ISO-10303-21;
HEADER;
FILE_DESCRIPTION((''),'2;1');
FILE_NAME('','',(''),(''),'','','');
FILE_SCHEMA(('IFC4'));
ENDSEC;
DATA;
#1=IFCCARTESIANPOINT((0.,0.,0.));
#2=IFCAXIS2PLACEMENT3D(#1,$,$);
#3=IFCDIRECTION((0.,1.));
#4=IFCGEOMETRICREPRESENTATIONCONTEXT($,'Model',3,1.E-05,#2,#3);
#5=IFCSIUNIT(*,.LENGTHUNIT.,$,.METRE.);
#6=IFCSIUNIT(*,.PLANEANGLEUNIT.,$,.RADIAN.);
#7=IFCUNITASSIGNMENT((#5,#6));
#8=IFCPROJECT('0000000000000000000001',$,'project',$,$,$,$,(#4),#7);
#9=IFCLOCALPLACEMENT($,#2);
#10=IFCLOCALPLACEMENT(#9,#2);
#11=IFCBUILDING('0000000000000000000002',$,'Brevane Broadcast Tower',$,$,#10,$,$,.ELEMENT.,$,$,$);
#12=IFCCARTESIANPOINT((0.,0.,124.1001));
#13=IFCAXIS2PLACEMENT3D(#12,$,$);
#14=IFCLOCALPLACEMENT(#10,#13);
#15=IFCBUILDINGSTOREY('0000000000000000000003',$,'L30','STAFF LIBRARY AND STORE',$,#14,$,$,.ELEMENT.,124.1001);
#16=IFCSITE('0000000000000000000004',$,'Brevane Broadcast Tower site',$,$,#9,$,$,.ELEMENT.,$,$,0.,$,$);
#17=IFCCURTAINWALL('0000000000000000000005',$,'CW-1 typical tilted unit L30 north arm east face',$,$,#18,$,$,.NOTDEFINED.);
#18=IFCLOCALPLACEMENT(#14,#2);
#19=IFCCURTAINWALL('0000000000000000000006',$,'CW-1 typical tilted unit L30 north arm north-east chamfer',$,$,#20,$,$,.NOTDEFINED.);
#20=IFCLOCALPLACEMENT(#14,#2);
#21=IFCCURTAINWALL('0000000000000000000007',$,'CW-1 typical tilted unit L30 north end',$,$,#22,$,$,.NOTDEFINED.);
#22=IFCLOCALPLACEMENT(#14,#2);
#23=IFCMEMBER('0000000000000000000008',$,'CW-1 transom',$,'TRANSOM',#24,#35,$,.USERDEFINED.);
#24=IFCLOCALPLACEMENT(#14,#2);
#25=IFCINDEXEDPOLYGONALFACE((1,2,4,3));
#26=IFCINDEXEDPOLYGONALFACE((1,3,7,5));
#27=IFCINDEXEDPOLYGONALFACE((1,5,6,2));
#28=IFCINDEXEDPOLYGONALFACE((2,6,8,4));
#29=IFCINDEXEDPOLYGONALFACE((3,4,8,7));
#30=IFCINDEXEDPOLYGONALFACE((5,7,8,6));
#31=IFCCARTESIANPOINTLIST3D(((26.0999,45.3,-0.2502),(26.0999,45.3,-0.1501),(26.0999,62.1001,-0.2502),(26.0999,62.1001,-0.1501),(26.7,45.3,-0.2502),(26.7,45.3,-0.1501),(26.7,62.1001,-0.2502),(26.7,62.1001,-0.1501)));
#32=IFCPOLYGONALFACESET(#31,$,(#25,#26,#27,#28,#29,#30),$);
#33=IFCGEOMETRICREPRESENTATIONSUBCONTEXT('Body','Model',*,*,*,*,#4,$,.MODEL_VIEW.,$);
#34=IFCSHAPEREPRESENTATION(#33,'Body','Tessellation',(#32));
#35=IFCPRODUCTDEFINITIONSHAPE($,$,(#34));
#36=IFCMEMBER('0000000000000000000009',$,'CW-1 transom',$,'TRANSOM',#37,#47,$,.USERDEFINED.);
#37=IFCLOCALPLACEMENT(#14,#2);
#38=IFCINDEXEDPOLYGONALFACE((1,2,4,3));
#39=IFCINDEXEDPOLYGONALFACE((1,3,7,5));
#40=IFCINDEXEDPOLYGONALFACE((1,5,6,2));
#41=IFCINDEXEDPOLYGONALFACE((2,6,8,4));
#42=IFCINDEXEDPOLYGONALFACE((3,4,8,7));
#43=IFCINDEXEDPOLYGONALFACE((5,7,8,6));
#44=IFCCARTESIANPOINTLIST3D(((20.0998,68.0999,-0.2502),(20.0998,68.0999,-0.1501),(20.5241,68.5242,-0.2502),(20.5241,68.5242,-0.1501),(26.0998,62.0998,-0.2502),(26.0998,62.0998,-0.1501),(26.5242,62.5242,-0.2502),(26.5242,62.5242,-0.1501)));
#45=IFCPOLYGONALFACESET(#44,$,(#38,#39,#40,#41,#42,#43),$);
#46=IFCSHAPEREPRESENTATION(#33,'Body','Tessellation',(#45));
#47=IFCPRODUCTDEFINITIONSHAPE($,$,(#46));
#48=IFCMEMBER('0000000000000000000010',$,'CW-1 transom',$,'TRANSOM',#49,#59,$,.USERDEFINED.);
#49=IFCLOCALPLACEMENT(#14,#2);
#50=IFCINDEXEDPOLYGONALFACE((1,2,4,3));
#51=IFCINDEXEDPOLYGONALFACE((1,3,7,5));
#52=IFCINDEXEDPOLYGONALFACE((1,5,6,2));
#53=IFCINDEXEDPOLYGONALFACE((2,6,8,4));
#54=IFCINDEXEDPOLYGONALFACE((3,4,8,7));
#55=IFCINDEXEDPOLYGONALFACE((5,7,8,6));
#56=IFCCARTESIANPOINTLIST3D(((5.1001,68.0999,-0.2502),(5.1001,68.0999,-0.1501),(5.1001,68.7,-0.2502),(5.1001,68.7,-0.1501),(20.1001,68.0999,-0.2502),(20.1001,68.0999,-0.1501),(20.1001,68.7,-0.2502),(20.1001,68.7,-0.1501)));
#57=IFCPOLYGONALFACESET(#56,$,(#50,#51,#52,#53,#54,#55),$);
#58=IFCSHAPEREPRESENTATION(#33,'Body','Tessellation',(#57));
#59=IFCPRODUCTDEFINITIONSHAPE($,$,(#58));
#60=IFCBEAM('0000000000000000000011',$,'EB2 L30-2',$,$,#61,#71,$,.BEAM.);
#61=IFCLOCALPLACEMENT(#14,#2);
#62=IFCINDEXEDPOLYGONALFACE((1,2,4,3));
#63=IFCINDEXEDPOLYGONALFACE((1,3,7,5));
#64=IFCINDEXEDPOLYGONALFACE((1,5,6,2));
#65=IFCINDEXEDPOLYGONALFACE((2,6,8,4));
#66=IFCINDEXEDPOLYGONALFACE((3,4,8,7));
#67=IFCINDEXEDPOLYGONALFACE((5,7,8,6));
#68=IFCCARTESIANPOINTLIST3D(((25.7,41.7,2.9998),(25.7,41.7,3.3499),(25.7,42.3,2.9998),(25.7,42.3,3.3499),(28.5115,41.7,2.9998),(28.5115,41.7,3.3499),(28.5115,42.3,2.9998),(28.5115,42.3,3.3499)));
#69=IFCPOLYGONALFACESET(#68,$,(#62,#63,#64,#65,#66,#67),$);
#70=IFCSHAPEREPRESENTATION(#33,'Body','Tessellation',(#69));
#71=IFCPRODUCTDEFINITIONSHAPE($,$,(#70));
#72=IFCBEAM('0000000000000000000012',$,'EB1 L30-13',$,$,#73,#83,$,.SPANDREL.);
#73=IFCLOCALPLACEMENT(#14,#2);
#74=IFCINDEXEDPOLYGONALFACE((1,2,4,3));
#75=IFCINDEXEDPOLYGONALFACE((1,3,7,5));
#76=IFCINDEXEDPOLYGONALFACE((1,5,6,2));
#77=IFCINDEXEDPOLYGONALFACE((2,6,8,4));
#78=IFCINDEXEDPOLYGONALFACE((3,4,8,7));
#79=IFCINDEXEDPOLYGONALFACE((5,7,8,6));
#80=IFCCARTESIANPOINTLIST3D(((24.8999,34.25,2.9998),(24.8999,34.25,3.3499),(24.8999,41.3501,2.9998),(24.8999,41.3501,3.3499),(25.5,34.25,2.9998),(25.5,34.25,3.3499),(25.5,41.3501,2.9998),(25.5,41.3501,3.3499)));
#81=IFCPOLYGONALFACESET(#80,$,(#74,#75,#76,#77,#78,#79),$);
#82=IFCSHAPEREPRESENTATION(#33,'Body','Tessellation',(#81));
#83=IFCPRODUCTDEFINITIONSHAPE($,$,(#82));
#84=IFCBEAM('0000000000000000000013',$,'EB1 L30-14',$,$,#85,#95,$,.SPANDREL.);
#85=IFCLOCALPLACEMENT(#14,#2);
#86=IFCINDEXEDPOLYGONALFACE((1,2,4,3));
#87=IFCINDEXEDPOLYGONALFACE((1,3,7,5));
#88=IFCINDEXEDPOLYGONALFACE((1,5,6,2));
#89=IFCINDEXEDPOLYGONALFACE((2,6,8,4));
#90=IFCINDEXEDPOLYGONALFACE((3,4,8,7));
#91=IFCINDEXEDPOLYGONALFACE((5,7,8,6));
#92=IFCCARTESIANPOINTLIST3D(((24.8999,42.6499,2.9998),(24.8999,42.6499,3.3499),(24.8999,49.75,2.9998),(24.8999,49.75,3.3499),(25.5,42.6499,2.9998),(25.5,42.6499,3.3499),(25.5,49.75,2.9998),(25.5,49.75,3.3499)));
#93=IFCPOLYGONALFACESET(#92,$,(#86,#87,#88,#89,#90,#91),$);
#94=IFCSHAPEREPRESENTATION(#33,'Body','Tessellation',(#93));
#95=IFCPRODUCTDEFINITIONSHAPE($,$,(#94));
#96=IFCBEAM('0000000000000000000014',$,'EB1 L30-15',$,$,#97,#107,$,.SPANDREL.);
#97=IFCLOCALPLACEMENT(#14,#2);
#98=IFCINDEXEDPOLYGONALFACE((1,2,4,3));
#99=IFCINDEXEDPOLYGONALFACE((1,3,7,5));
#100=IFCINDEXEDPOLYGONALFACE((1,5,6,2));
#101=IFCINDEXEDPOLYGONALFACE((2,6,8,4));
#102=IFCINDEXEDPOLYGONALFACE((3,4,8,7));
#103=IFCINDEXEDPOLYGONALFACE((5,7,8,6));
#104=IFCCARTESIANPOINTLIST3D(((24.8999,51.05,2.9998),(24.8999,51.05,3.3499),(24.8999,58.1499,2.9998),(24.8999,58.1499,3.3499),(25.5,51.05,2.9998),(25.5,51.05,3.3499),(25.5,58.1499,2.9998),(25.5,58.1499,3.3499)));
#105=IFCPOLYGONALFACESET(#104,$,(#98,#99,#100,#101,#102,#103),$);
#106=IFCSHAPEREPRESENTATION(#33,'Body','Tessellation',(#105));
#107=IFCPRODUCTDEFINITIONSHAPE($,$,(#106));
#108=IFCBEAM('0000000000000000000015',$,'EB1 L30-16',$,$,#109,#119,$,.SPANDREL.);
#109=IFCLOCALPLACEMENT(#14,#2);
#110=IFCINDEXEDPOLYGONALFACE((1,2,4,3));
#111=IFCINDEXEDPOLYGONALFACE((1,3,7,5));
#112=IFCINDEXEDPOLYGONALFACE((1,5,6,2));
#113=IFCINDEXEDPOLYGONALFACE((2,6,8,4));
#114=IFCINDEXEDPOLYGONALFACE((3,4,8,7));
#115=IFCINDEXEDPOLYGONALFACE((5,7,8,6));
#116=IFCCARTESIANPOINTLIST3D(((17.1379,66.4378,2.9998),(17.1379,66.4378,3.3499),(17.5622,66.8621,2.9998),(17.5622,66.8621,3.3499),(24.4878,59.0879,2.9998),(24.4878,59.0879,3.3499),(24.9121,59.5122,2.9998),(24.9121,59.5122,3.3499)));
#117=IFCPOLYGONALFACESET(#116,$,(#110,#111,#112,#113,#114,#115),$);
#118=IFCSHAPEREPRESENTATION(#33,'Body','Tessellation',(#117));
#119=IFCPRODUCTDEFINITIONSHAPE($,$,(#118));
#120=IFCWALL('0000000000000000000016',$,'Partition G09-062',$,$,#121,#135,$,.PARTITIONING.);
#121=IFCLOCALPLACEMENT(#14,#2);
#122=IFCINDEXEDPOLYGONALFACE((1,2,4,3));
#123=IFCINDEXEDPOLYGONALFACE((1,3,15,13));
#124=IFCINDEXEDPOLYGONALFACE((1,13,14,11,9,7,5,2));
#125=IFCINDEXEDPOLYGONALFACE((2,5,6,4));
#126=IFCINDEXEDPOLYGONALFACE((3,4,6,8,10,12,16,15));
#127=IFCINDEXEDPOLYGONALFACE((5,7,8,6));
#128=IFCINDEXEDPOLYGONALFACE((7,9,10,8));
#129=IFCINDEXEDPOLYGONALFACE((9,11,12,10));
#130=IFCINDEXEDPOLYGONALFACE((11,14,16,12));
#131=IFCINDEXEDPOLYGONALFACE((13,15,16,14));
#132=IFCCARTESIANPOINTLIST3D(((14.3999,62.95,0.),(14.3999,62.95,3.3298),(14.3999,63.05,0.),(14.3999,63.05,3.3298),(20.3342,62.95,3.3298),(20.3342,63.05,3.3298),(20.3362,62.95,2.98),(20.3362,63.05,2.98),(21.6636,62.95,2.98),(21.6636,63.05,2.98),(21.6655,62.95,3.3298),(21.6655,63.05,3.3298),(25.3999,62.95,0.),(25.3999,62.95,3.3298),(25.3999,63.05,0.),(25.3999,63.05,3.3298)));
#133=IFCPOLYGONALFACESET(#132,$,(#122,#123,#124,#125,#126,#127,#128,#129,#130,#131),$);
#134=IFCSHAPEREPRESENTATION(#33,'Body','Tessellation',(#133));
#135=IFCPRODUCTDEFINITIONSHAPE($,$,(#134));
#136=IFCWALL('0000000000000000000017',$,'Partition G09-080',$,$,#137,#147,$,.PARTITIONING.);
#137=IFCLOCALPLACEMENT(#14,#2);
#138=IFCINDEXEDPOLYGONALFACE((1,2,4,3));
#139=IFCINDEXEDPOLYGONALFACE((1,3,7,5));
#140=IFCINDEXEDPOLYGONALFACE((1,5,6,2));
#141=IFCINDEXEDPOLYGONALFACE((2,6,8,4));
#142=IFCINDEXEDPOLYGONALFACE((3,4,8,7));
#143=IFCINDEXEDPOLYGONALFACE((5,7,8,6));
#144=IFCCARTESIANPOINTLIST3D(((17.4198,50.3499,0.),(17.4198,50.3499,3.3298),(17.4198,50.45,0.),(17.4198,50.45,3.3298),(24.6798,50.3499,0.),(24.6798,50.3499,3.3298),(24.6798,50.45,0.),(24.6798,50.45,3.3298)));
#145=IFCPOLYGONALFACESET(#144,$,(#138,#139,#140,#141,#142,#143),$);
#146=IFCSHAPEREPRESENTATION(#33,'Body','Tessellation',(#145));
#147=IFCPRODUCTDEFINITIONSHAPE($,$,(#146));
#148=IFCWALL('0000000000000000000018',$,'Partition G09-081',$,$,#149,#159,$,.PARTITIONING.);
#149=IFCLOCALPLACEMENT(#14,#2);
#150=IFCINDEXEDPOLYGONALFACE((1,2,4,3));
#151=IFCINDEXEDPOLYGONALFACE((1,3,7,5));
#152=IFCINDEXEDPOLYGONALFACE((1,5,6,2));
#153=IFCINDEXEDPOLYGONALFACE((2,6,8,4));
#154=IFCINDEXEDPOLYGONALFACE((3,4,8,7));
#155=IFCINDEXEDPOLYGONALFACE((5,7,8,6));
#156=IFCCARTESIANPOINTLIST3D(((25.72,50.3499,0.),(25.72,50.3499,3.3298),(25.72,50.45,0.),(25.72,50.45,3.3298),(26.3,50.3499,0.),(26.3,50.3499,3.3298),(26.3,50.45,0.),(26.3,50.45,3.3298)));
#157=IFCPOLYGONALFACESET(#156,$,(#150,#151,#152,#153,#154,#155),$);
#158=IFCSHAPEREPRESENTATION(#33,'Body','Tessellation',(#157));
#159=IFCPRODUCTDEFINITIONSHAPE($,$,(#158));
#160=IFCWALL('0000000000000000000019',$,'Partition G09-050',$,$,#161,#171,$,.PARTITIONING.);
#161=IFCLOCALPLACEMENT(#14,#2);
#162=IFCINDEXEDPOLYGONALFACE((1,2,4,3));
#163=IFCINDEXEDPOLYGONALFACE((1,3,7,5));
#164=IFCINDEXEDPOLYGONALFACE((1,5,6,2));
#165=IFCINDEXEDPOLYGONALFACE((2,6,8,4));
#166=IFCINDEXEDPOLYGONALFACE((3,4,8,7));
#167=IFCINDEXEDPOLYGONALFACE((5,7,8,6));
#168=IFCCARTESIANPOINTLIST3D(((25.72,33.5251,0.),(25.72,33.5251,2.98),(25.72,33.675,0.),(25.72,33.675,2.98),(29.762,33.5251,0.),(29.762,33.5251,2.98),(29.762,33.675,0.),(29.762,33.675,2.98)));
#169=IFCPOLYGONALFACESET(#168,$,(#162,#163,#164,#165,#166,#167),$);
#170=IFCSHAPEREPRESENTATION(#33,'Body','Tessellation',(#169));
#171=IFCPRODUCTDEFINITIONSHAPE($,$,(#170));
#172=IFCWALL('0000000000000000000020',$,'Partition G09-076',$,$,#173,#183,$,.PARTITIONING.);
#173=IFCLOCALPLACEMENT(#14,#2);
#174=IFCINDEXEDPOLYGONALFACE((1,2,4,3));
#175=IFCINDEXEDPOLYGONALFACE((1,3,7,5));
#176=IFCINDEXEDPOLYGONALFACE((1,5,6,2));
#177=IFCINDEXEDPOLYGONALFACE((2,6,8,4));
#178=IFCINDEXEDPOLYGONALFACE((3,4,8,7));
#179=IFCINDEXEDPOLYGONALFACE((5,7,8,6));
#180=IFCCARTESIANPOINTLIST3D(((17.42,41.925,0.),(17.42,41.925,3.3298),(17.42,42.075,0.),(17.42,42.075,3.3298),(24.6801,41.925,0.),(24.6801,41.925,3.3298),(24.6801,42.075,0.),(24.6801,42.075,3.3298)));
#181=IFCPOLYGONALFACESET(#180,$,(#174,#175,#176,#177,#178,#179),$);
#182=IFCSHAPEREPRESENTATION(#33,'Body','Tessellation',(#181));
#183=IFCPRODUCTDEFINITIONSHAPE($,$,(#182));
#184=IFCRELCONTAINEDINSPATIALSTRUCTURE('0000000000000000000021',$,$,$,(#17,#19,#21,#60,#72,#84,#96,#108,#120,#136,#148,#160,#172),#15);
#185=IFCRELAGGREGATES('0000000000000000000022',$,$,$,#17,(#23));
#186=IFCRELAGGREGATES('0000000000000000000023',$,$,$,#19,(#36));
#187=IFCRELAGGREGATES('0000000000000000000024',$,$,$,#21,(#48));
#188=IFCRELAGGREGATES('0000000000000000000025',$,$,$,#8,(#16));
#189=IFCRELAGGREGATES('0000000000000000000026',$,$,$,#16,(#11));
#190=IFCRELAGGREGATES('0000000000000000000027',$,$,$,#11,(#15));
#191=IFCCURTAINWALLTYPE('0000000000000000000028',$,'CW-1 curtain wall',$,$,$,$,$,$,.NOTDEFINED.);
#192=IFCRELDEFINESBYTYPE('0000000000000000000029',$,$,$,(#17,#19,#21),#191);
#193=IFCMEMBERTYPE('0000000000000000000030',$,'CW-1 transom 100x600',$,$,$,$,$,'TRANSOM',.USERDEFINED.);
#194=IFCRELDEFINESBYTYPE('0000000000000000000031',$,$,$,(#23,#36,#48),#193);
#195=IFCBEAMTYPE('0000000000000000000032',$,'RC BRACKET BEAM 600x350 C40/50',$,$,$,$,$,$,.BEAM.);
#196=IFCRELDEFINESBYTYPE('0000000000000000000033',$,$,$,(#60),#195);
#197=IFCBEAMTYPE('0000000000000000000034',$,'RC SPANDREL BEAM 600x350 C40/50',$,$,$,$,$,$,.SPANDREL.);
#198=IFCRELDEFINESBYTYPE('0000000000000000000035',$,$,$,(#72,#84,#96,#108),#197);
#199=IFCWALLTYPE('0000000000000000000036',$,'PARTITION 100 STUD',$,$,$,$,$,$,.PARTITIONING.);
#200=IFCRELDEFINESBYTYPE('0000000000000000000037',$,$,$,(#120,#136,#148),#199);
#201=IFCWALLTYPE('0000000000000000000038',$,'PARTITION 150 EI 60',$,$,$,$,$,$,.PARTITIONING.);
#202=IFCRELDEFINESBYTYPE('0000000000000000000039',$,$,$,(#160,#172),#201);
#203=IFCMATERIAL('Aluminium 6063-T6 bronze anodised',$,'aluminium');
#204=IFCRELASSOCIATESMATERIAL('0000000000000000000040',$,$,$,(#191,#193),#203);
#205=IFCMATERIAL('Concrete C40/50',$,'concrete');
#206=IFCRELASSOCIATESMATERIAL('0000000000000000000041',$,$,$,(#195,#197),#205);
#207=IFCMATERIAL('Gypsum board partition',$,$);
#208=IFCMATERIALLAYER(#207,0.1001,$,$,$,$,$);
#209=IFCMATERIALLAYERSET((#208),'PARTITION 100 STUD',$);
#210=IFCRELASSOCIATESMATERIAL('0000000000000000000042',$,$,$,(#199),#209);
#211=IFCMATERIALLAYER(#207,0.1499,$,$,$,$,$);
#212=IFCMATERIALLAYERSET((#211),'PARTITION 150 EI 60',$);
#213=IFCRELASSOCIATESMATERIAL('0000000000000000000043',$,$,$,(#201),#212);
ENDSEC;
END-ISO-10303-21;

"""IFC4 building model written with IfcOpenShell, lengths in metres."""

from ifc_helpers import new_model, si_unit, direction, frame, frame_2d, origin, origin_2d, place, context, subcontext, project, spatial, polyline, rectangle, outline, extrude, material, layer, layer_set, material_profile, profile_set, type_object, element, aggregate, save


model = new_model("IFC4")

# Units and contexts
model_context = context("Model", 3, precision=1e-05, world=origin(), true_north=direction((0.0, 1.0)))
body_context = subcontext(model_context, "Body", "Model", "MODEL_VIEW")
ifc_project = project(units=[si_unit("LENGTHUNIT", "METRE"), si_unit("PLANEANGLEUNIT", "RADIAN")], contexts=[model_context])

# Site, building, storey
site_placement = place(None, origin())
site = spatial("IfcSite", under=ifc_project, at=site_placement, Name="Brevane Broadcast Tower site", CompositionType="ELEMENT", RefElevation=0.0)
building_placement = place(site_placement, origin())
building = spatial("IfcBuilding", under=site, at=building_placement, Name="Brevane Broadcast Tower", CompositionType="ELEMENT")
storey_placement = place(building_placement, frame((0.0, 0.0, 124.1001)))
storey = spatial("IfcBuildingStorey", under=building, at=storey_placement, Name="L30", Description="STAFF LIBRARY AND STORE", CompositionType="ELEMENT", Elevation=124.1001)

# Curtain walls
ifc_material_1 = material(Name="Aluminium 6063-T6 bronze anodised", Category="aluminium")
curtain_wall_type = type_object("IfcCurtainWallType", Name="CW-1 curtain wall", PredefinedType="NOTDEFINED", material=ifc_material_1)
curtain_wall_1_placement = place(storey_placement, origin())
curtain_wall_1 = element("IfcCurtainWall", 1, at=curtain_wall_1_placement, inside=storey, type_object=curtain_wall_type, Name="CW-1 typical tilted unit L30 north arm east face", PredefinedType="NOTDEFINED")
curtain_wall_2_placement = place(storey_placement, origin())
curtain_wall_2 = element("IfcCurtainWall", 2, at=curtain_wall_2_placement, inside=storey, type_object=curtain_wall_type, Name="CW-1 typical tilted unit L30 north arm north-east chamfer", PredefinedType="NOTDEFINED")

# Curtain wall
curtain_wall_3_placement = place(storey_placement, origin())
curtain_wall_3 = element("IfcCurtainWall", 3, at=curtain_wall_3_placement, inside=storey, type_object=curtain_wall_type, Name="CW-1 typical tilted unit L30 north end", PredefinedType="NOTDEFINED")

# Members
ifc_material_profile_1 = material_profile(ifc_material_1, rectangle(XDim=0.6001, YDim=0.1001, at=origin_2d()), Name="RECT 100x600")
ifc_profile_set_1 = profile_set([ifc_material_profile_1], Name="Aluminium 6063-T6 bronze anodised")
member_type_1 = type_object("IfcMemberType", Name="CW-1 transom 100x600", ElementType="TRANSOM", PredefinedType="USERDEFINED", material=ifc_profile_set_1)
member_1_placement = place(storey_placement, frame((26.3999, 45.3, -0.2002), z_axis=(0.0, 1.0, 0.0), x_axis=(-1.0, 0.0, 0.0)))
member_1 = element("IfcMember", 4, at=member_1_placement, type_object=member_type_1, Name="CW-1 transom", ObjectType="TRANSOM", PredefinedType="USERDEFINED", context=body_context, shape_type="SweptSolid", body=[
    extrude(rectangle(XDim=0.6001, YDim=0.1001, at=origin_2d()), origin(), (0.0, 0.0, 1.0), 16.8),
])
aggregate(curtain_wall_1, [member_1])
member_2_placement = place(storey_placement, frame((26.312, 62.312, -0.2002), z_axis=(-0.707107, 0.707107, 0.0), x_axis=(-0.707107, -0.707107, 0.0)))
member_2 = element("IfcMember", 5, at=member_2_placement, type_object=member_type_1, Name="CW-1 transom", ObjectType="TRANSOM", PredefinedType="USERDEFINED", context=body_context, shape_type="SweptSolid", body=[
    extrude(rectangle(XDim=0.6001, YDim=0.1001, at=origin_2d()), origin(), (0.0, 0.0, 1.0), 8.4854),
])
aggregate(curtain_wall_2, [member_2])
member_3_placement = place(storey_placement, frame((20.1001, 68.3999, -0.2002), z_axis=(-1.0, 0.0, 0.0), x_axis=(0.0, -1.0, 0.0)))
member_3 = element("IfcMember", 6, at=member_3_placement, type_object=member_type_1, Name="CW-1 transom", ObjectType="TRANSOM", PredefinedType="USERDEFINED", context=body_context, shape_type="SweptSolid", body=[
    extrude(rectangle(XDim=0.6001, YDim=0.1001, at=origin_2d()), origin(), (0.0, 0.0, 1.0), 15.0),
])
aggregate(curtain_wall_3, [member_3])

# Beams
ifc_material_2 = material(Name="Concrete C40/50", Category="concrete")
ifc_material_profile_2 = material_profile(ifc_material_2, rectangle(XDim=0.6001, YDim=0.3501, at=origin_2d()), Name="RC 600x350")
ifc_profile_set_2 = profile_set([ifc_material_profile_2], Name="Concrete C40/50")
beam_type_1 = type_object("IfcBeamType", Name="RC BRACKET BEAM 600x350 C40/50", PredefinedType="BEAM", material=ifc_profile_set_2)
beam_1_placement = place(storey_placement, frame((25.7, 42.0, 3.1748), z_axis=(1.0, 0.0, 0.0), x_axis=(0.0, 1.0, 0.0)))
element("IfcBeam", 7, at=beam_1_placement, inside=storey, type_object=beam_type_1, Name="EB2 L30-2", PredefinedType="BEAM", context=body_context, shape_type="SweptSolid", body=[
    extrude(rectangle(XDim=0.6001, YDim=0.3501, at=origin_2d()), origin(), (0.0, 0.0, 1.0), 2.8115),
])
ifc_material_profile_3 = material_profile(ifc_material_2, rectangle(XDim=0.6001, YDim=0.3501, at=origin_2d()), Name="RC 600x350")
ifc_profile_set_3 = profile_set([ifc_material_profile_3], Name="Concrete C40/50")
beam_type_2 = type_object("IfcBeamType", Name="RC SPANDREL BEAM 600x350 C40/50", PredefinedType="SPANDREL", material=ifc_profile_set_3)
for number, where, z_axis, x_axis, name in (
    (8, (25.2, 34.25, 3.1748), (0.0, 1.0, 0.0), (-1.0, 0.0, 0.0), "EB1 L30-13"),
    (9, (25.2, 42.6499, 3.1748), (0.0, 1.0, 0.0), (-1.0, 0.0, 0.0), "EB1 L30-14"),
):
    element("IfcBeam", number, at=place(storey_placement, frame(where, z_axis=z_axis, x_axis=x_axis)), inside=storey, type_object=beam_type_2, Name=name, PredefinedType="SPANDREL", context=body_context, shape_type="SweptSolid", body=[
        extrude(rectangle(XDim=0.6001, YDim=0.3501, at=origin_2d()), origin(), (0.0, 0.0, 1.0), 7.1001),
    ])
beam_2_placement = place(storey_placement, frame((25.2, 51.05, 3.1748), z_axis=(0.0, 1.0, 0.0), x_axis=(-1.0, 0.0, 0.0)))
element("IfcBeam", 10, at=beam_2_placement, inside=storey, type_object=beam_type_2, Name="EB1 L30-15", PredefinedType="SPANDREL", context=body_context, shape_type="SweptSolid", body=[
    extrude(rectangle(XDim=0.6001, YDim=0.3501, at=origin_2d()), origin(), (0.0, 0.0, 1.0), 7.0999),
])
beam_3_placement = place(storey_placement, frame((24.7, 59.3, 3.1748), z_axis=(-0.707107, 0.707107, 0.0), x_axis=(-0.707107, -0.707107, 0.0)))
element("IfcBeam", 11, at=beam_3_placement, inside=storey, type_object=beam_type_2, Name="EB1 L30-16", PredefinedType="SPANDREL", context=body_context, shape_type="SweptSolid", body=[
    extrude(rectangle(XDim=0.6001, YDim=0.3501, at=origin_2d()), origin(), (0.0, 0.0, 1.0), 10.3943),
])

# Walls
ifc_material_3 = material(Name="Gypsum board partition")
ifc_layer_1 = layer(ifc_material_3, 0.1001)
ifc_layer_set_1 = layer_set([ifc_layer_1], Name="PARTITION 100 STUD")
wall_type_1 = type_object("IfcWallType", Name="PARTITION 100 STUD", PredefinedType="PARTITIONING", material=ifc_layer_set_1)
wall_1_placement = place(storey_placement, frame((25.3999, 63.0, 0.0), z_axis=(0.0, 0.0, 1.0), x_axis=(-1.0, 0.0, 0.0)))
element("IfcWall", 12, at=wall_1_placement, inside=storey, type_object=wall_type_1, Name="Partition G09-062", PredefinedType="PARTITIONING", context=body_context, shape_type="SweptSolid", body=[
    extrude(outline(polyline([(0.0, 0.0), (11.0, 0.0), (11.0, 3.3298), (5.0657, 3.3298), (5.0637, 2.98), (3.7363, 2.98), (3.7344, 3.3298), (0.0, 3.3298), (0.0, 0.0)])), frame((0.0, 0.05, 0.0), z_axis=(0.0, -1.0, 0.0), x_axis=(1.0, 0.0, 0.0)), (0.0, 0.0, 1.0), 0.1001),
])
wall_2_placement = place(storey_placement, frame((17.4199, 50.3999, 0.0), z_axis=(0.0, 0.0, 1.0), x_axis=(1.0, 0.0, 0.0)))
element("IfcWall", 13, at=wall_2_placement, inside=storey, type_object=wall_type_1, Name="Partition G09-080", PredefinedType="PARTITIONING", context=body_context, shape_type="SweptSolid", body=[
    extrude(rectangle(XDim=7.26, YDim=0.1001, at=frame_2d((3.6299, 0.0))), origin(), (0.0, 0.0, 1.0), 3.3298),
])
wall_3_placement = place(storey_placement, frame((25.72, 50.3999, 0.0), z_axis=(0.0, 0.0, 1.0), x_axis=(1.0, 0.0, 0.0)))
element("IfcWall", 14, at=wall_3_placement, inside=storey, type_object=wall_type_1, Name="Partition G09-081", PredefinedType="PARTITIONING", context=body_context, shape_type="SweptSolid", body=[
    extrude(rectangle(XDim=0.5801, YDim=0.1001, at=frame_2d((0.29, 0.0))), origin(), (0.0, 0.0, 1.0), 3.3298),
])
ifc_layer_2 = layer(ifc_material_3, 0.1499)
ifc_layer_set_2 = layer_set([ifc_layer_2], Name="PARTITION 150 EI 60")
wall_type_2 = type_object("IfcWallType", Name="PARTITION 150 EI 60", PredefinedType="PARTITIONING", material=ifc_layer_set_2)
wall_4_placement = place(storey_placement, frame((25.72, 33.6001, 0.0), z_axis=(0.0, 0.0, 1.0), x_axis=(1.0, 0.0, 0.0)))
element("IfcWall", 15, at=wall_4_placement, inside=storey, type_object=wall_type_2, Name="Partition G09-050", PredefinedType="PARTITIONING", context=body_context, shape_type="SweptSolid", body=[
    extrude(rectangle(XDim=4.042, YDim=0.1499, at=frame_2d((2.021, 0.0))), origin(), (0.0, 0.0, 1.0), 2.98),
])
wall_5_placement = place(storey_placement, frame((24.6799, 42.0, 0.0), z_axis=(0.0, 0.0, 1.0), x_axis=(-1.0, 0.0, 0.0)))
element("IfcWall", 16, at=wall_5_placement, inside=storey, type_object=wall_type_2, Name="Partition G09-076", PredefinedType="PARTITIONING", context=body_context, shape_type="SweptSolid", body=[
    extrude(rectangle(XDim=7.26, YDim=0.1499, at=frame_2d((3.6299, 0.0))), origin(), (0.0, 0.0, 1.0), 3.3298),
])

save(model, "model.ifc")
